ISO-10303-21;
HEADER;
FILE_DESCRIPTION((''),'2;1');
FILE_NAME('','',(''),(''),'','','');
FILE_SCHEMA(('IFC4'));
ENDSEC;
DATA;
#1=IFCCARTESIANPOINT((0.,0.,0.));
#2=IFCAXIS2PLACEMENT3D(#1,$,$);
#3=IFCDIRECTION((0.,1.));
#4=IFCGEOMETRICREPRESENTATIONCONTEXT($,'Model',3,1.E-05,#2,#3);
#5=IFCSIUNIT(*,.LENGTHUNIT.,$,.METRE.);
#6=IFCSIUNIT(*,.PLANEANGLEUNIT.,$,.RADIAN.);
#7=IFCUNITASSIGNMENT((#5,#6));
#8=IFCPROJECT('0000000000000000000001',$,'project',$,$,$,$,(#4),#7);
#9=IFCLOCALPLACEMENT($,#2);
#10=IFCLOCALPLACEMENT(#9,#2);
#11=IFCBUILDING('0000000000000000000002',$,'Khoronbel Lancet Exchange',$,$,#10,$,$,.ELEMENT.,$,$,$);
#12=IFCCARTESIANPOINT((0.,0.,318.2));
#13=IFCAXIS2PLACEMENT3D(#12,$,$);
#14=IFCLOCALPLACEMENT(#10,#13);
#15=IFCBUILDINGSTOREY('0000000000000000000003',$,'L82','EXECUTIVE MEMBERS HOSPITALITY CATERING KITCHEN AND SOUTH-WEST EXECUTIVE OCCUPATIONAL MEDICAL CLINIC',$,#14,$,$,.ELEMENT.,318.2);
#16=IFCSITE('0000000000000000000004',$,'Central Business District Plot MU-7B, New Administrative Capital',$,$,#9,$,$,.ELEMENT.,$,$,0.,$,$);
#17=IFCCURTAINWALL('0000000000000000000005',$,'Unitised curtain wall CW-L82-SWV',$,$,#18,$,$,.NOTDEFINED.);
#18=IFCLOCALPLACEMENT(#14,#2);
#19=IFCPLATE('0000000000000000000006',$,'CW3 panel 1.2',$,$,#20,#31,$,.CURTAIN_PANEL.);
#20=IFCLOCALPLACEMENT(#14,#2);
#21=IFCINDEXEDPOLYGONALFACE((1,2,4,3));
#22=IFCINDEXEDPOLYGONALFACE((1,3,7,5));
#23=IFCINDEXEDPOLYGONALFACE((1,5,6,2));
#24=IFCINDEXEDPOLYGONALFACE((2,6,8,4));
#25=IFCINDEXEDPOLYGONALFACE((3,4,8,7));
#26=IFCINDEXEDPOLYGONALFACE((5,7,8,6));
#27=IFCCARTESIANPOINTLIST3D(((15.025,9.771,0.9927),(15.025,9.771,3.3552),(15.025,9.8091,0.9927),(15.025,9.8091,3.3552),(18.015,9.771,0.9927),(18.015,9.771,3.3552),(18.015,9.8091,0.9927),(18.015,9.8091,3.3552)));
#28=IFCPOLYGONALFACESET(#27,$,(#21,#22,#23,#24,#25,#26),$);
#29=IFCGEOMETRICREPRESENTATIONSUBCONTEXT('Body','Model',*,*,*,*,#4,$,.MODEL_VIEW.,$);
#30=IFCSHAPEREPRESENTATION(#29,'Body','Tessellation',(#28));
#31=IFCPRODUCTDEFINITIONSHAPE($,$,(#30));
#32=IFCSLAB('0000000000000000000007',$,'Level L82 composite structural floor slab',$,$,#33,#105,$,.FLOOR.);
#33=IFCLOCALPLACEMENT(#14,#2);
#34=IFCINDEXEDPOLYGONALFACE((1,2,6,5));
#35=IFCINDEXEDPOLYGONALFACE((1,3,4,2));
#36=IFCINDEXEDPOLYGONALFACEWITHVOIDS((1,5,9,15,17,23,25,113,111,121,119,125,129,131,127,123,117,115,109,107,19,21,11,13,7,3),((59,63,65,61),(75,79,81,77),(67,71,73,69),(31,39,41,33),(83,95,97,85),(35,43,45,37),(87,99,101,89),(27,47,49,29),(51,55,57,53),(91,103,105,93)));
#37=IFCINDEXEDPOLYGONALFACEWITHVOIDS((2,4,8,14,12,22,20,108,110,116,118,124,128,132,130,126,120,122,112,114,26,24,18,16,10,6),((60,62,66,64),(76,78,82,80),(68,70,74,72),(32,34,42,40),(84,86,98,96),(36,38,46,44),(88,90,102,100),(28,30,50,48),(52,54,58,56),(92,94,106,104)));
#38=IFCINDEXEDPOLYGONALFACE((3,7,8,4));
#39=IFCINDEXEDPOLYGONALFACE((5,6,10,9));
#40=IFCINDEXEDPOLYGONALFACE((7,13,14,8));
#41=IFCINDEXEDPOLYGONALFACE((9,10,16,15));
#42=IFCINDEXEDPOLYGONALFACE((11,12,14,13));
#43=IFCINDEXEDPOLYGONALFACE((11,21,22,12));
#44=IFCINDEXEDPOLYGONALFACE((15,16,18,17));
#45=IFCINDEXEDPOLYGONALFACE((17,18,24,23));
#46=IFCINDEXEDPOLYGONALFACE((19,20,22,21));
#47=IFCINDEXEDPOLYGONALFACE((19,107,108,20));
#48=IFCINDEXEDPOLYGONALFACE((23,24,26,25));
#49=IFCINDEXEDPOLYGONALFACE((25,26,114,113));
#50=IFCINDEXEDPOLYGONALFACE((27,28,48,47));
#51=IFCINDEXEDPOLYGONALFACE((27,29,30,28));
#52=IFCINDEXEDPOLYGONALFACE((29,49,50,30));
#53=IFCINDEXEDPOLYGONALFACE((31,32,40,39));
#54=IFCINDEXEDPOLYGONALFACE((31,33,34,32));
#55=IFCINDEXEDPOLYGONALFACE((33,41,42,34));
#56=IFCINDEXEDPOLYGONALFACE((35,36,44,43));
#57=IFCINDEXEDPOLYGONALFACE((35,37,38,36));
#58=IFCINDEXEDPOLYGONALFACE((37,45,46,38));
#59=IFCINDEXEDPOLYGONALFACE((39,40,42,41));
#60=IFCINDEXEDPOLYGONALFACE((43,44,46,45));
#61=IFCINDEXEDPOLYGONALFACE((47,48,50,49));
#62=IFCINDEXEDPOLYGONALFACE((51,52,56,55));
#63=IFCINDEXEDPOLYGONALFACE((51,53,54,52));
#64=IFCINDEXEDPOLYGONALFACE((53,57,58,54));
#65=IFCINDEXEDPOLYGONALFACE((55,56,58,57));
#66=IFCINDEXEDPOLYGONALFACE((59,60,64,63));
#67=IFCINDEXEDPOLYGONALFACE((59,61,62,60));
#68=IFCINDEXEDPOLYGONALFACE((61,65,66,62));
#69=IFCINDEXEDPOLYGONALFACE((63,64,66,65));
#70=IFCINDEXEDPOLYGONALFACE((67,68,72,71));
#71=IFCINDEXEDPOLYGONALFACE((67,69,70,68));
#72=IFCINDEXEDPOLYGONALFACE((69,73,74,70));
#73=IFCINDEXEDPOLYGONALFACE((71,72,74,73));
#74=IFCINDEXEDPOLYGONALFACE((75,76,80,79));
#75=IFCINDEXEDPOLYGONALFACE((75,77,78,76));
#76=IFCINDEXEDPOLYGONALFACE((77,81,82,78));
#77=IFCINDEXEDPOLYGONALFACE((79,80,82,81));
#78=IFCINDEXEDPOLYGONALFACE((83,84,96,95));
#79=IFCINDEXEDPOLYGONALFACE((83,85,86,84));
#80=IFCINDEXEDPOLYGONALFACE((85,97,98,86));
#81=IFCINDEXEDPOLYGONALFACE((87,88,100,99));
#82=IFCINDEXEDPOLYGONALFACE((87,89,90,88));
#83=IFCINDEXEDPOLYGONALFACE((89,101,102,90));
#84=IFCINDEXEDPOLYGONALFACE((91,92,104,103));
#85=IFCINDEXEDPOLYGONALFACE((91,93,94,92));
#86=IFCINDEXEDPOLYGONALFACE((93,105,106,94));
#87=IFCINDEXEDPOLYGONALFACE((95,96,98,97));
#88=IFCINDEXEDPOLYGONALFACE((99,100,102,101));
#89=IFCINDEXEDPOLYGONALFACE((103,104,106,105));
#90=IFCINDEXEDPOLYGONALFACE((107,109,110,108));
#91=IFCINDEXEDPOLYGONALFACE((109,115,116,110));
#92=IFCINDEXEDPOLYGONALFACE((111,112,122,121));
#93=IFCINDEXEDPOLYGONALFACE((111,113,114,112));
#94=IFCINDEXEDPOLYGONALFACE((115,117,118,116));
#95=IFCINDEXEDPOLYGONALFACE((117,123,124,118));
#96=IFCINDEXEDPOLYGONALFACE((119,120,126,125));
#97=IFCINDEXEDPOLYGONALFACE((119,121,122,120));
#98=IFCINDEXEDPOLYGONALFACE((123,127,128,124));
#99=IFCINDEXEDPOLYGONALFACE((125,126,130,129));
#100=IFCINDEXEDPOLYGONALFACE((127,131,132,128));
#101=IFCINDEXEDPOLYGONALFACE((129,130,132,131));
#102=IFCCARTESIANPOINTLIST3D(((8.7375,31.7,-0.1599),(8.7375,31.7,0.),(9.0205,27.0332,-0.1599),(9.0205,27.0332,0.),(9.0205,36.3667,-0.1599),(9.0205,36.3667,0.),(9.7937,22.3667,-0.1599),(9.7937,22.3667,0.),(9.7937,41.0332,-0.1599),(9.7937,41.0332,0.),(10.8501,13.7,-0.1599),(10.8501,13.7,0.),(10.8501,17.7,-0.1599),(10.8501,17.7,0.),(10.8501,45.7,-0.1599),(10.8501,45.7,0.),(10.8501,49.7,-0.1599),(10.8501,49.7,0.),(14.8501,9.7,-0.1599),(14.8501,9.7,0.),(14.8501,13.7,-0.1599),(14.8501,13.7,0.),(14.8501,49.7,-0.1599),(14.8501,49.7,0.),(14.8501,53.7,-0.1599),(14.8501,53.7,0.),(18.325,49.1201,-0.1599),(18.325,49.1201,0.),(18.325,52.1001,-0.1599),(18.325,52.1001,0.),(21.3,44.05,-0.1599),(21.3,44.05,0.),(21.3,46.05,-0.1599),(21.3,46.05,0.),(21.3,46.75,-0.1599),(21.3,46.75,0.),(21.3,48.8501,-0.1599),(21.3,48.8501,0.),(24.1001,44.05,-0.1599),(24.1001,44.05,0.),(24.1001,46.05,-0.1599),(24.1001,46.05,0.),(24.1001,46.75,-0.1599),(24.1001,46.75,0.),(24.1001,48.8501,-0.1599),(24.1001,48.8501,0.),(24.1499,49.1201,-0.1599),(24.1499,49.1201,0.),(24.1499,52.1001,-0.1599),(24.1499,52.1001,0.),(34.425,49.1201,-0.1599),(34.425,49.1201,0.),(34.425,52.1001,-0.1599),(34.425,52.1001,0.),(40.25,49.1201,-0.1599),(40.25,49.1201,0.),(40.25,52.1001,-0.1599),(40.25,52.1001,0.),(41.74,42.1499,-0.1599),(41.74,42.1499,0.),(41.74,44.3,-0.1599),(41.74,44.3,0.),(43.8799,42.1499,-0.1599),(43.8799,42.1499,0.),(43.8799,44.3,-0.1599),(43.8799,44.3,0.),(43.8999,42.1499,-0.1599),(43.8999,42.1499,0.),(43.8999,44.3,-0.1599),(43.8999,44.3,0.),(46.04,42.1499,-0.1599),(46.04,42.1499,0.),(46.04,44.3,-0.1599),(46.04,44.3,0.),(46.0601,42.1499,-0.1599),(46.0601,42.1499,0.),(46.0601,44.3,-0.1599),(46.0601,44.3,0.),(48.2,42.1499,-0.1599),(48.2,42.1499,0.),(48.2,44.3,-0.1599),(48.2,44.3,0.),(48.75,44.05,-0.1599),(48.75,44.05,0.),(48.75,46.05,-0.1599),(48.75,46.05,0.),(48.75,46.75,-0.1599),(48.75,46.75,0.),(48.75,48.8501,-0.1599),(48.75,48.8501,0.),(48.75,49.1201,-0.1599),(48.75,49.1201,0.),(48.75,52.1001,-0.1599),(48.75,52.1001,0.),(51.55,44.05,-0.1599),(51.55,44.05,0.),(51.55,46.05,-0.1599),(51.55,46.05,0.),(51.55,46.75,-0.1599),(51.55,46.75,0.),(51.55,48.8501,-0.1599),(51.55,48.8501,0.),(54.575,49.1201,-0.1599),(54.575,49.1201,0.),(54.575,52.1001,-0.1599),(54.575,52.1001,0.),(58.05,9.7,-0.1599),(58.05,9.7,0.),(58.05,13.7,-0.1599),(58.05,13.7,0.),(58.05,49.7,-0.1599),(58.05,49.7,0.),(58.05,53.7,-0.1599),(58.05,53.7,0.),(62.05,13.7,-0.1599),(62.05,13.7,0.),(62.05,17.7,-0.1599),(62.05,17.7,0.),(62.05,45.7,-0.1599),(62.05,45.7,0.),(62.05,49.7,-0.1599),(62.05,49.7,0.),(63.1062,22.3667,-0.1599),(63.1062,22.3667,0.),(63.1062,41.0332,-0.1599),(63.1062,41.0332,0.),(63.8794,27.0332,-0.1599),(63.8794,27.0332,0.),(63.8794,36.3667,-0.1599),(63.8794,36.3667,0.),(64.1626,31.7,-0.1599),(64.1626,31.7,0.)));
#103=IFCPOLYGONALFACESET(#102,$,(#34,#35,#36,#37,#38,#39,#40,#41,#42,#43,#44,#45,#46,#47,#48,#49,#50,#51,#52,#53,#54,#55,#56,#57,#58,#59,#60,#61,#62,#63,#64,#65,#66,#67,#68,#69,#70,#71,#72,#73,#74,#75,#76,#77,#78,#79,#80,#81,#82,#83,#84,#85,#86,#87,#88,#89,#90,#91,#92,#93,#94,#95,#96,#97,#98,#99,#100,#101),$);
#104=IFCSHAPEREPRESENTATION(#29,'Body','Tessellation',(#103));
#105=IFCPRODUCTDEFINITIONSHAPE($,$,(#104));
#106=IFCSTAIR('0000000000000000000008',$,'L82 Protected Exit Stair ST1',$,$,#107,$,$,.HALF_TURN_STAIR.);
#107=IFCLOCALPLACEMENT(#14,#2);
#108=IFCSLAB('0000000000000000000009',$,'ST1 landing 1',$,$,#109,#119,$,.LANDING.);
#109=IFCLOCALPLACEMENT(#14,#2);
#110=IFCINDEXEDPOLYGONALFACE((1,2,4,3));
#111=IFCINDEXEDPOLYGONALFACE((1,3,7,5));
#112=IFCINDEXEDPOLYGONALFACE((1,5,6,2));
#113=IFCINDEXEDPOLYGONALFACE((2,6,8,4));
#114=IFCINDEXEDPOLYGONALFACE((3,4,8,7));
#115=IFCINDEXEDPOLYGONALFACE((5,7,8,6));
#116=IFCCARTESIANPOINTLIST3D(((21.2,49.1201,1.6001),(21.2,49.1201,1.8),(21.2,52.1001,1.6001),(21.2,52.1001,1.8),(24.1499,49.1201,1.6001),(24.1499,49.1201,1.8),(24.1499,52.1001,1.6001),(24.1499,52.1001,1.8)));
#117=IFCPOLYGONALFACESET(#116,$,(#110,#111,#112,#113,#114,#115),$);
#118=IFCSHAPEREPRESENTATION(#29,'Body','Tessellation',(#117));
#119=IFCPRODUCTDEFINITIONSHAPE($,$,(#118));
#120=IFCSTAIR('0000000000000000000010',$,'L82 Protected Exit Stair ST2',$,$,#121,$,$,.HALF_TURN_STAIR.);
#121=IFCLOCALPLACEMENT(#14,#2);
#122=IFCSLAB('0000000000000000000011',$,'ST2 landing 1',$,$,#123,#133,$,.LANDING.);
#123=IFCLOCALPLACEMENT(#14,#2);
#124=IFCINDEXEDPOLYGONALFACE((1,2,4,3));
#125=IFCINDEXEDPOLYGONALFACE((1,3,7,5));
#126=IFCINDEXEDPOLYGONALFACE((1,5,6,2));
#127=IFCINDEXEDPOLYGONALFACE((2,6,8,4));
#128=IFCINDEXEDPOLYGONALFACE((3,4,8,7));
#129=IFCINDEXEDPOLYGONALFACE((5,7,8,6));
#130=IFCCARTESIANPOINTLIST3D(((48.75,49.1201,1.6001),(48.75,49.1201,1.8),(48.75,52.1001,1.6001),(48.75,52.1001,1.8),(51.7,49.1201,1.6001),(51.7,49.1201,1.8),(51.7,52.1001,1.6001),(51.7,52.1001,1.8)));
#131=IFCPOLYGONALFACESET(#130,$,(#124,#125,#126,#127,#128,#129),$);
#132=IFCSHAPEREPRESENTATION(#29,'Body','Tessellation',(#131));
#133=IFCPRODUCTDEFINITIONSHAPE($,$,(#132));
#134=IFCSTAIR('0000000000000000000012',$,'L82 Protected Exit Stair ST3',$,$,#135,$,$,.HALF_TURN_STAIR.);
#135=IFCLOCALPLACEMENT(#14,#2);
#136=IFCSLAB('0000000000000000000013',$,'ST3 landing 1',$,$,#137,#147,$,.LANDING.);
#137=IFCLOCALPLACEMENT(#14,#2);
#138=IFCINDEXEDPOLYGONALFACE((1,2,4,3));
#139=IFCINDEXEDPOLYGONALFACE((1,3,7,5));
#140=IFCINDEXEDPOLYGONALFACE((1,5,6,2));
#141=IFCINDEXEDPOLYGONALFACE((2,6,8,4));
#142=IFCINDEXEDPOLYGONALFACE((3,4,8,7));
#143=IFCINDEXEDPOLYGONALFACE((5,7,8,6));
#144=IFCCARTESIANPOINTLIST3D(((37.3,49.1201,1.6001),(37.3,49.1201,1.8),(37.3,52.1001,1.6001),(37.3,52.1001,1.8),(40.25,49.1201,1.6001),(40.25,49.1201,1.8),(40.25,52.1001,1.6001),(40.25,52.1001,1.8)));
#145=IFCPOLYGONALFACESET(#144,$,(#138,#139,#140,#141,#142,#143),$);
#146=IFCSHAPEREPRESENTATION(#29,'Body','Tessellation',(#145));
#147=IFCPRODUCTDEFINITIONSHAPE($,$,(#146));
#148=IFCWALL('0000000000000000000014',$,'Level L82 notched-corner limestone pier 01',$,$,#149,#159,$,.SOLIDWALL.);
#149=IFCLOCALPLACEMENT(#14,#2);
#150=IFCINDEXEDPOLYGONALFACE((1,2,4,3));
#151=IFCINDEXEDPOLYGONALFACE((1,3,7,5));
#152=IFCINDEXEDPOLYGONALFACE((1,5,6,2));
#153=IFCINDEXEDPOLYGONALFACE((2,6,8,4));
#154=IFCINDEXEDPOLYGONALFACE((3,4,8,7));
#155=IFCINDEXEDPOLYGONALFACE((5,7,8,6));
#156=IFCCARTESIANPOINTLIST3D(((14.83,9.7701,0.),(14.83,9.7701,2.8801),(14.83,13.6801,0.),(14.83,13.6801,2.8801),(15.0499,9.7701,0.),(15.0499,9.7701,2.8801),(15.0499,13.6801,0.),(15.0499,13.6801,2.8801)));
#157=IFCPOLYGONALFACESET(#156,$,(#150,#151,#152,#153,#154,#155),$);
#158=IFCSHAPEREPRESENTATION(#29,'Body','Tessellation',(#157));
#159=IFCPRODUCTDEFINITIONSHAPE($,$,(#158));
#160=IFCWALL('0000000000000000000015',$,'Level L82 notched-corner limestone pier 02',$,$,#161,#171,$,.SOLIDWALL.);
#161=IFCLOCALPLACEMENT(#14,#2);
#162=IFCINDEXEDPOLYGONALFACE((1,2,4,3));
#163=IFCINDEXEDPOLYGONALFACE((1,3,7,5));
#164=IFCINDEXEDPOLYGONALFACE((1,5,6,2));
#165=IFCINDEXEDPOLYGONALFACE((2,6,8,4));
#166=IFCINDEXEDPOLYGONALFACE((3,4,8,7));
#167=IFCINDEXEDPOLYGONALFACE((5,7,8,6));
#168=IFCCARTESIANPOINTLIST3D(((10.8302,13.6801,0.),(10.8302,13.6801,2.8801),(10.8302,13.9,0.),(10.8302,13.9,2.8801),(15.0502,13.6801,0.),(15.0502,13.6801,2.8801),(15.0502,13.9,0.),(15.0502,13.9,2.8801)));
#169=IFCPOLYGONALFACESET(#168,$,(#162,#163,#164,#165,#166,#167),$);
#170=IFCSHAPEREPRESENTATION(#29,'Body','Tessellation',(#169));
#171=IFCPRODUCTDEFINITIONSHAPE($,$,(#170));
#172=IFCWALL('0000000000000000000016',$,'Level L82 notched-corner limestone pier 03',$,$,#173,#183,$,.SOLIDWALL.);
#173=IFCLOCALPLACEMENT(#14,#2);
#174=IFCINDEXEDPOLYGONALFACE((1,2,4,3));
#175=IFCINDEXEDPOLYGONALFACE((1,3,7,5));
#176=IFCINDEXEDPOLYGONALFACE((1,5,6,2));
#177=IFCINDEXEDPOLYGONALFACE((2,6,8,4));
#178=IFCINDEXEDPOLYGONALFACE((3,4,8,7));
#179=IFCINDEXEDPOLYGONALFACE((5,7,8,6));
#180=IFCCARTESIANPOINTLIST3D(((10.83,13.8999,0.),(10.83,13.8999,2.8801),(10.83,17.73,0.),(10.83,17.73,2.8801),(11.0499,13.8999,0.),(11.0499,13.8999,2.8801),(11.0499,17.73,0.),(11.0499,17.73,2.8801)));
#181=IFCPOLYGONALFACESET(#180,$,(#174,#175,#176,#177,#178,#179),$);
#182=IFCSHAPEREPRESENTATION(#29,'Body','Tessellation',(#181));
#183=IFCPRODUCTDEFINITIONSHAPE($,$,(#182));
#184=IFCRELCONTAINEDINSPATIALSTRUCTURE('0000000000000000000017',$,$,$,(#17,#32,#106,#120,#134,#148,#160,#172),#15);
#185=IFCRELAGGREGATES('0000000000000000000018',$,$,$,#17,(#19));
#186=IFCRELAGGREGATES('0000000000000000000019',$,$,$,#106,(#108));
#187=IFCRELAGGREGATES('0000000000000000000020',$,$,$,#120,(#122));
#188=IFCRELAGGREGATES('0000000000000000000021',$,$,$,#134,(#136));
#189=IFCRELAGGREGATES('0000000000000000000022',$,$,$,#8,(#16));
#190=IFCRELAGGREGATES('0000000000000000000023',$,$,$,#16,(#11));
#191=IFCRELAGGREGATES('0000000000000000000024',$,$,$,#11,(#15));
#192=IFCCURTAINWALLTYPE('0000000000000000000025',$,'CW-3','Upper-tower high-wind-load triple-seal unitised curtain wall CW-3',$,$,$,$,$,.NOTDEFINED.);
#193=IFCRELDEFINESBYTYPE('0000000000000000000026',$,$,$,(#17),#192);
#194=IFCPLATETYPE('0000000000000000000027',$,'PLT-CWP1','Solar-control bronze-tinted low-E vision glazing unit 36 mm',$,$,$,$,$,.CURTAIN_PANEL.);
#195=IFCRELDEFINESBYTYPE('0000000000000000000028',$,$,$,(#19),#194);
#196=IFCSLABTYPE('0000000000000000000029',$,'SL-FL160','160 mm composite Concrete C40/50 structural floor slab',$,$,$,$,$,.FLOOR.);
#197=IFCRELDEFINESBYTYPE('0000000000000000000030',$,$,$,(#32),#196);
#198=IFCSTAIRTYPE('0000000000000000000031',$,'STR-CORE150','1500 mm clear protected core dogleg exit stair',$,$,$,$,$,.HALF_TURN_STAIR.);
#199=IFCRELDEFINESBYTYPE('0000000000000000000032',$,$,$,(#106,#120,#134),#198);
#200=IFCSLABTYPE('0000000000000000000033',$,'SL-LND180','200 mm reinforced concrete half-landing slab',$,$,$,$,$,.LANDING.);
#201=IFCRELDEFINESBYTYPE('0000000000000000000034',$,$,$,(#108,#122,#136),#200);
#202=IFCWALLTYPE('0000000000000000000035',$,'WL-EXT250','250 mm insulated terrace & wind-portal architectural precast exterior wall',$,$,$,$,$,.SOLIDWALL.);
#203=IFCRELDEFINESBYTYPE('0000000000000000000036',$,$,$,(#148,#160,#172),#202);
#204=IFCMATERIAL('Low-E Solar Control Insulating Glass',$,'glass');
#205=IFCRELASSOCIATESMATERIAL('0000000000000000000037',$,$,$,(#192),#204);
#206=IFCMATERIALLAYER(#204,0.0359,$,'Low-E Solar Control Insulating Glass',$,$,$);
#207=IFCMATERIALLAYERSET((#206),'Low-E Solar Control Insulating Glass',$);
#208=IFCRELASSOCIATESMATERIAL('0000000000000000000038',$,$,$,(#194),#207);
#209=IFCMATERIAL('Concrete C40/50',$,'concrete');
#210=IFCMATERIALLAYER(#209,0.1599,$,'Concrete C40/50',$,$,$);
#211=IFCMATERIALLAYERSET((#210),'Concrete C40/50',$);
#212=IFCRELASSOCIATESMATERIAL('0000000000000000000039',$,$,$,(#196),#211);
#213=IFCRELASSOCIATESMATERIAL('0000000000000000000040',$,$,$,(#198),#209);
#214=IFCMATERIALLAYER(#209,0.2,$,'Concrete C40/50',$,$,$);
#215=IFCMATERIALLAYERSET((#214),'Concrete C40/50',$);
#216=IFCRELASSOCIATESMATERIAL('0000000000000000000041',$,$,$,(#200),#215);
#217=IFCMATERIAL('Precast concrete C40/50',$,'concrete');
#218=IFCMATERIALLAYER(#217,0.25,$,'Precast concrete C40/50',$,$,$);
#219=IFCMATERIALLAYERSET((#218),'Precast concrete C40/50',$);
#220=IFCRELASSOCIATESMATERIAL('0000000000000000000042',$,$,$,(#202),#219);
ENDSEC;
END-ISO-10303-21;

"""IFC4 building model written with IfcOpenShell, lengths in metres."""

from ifc_helpers import new_model, si_unit, direction, frame, frame_2d, origin, origin_2d, place, context, subcontext, project, spatial, polyline, rectangle, outline, extrude, material, layer, layer_set, type_object, element, aggregate, save


model = new_model("IFC4")

# Units and contexts
model_context = context("Model", 3, precision=1e-05, world=origin(), true_north=direction((0.0, 1.0)))
body_context = subcontext(model_context, "Body", "Model", "MODEL_VIEW")
ifc_project = project(units=[si_unit("LENGTHUNIT", "METRE"), si_unit("PLANEANGLEUNIT", "RADIAN")], contexts=[model_context])

# Site, building, storey
site_placement = place(None, origin())
site = spatial("IfcSite", under=ifc_project, at=site_placement, Name="Central Business District Plot MU-7B, New Administrative Capital", CompositionType="ELEMENT", RefElevation=0.0)
building_placement = place(site_placement, origin())
building = spatial("IfcBuilding", under=site, at=building_placement, Name="Khoronbel Lancet Exchange", CompositionType="ELEMENT")
storey_placement = place(building_placement, frame((0.0, 0.0, 318.2)))
storey = spatial("IfcBuildingStorey", under=building, at=storey_placement, Name="L82", Description="EXECUTIVE MEMBERS HOSPITALITY CATERING KITCHEN AND SOUTH-WEST EXECUTIVE OCCUPATIONAL MEDICAL CLINIC", CompositionType="ELEMENT", Elevation=318.2)

# Curtain wall
ifc_material_1 = material(Name="Low-E Solar Control Insulating Glass", Category="glass")
curtain_wall_type = type_object("IfcCurtainWallType", Name="CW-3", Description="Upper-tower high-wind-load triple-seal unitised curtain wall CW-3", PredefinedType="NOTDEFINED", material=ifc_material_1)
curtain_wall_1_placement = place(storey_placement, origin())
curtain_wall_1 = element("IfcCurtainWall", 1, at=curtain_wall_1_placement, inside=storey, type_object=curtain_wall_type, Name="Unitised curtain wall CW-L82-SWV", PredefinedType="NOTDEFINED")

# Plate
ifc_layer_1 = layer(ifc_material_1, 0.0359, Name="Low-E Solar Control Insulating Glass")
ifc_layer_set_1 = layer_set([ifc_layer_1], Name="Low-E Solar Control Insulating Glass")
plate_type = type_object("IfcPlateType", Name="PLT-CWP1", Description="Solar-control bronze-tinted low-E vision glazing unit 36 mm", PredefinedType="CURTAIN_PANEL", material=ifc_layer_set_1)
plate_1_placement = place(storey_placement, frame((16.52, 9.79, 0.9927), z_axis=(0.0, 0.0, 1.0), x_axis=(1.0, 0.0, 0.0)))
plate_1 = element("IfcPlate", 2, at=plate_1_placement, type_object=plate_type, Name="CW3 panel 1.2", PredefinedType="CURTAIN_PANEL", context=body_context, shape_type="SweptSolid", body=[
    extrude(rectangle(XDim=2.99, YDim=0.0381, at=origin_2d()), origin(), (0.0, 0.0, 1.0), 2.3625),
])
aggregate(curtain_wall_1, [plate_1])

# Slab
ifc_material_2 = material(Name="Concrete C40/50", Category="concrete")
ifc_layer_2 = layer(ifc_material_2, 0.1599, Name="Concrete C40/50")
ifc_layer_set_2 = layer_set([ifc_layer_2], Name="Concrete C40/50")
slab_type_1 = type_object("IfcSlabType", Name="SL-FL160", Description="160 mm composite Concrete C40/50 structural floor slab", PredefinedType="FLOOR", material=ifc_layer_set_2)
slab_1_placement = place(storey_placement, frame((0.0, 0.0, -0.1599)))
element("IfcSlab", 3, at=slab_1_placement, inside=storey, type_object=slab_type_1, Name="Level L82 composite structural floor slab", PredefinedType="FLOOR", context=body_context, shape_type="SweptSolid", body=[
    extrude(outline(polyline([(14.8501, 9.7), (58.05, 9.7), (58.05, 13.7), (62.05, 13.7), (62.05, 17.7), (63.1062, 22.3667), (63.8794, 27.0332), (64.1626, 31.7), (63.8794, 36.3667), (63.1062, 41.0332), (62.05, 45.7), (62.05, 49.7), (58.05, 49.7), (58.05, 53.7), (14.8501, 53.7), (14.8501, 49.7), (10.8501, 49.7), (10.8501, 45.7), (9.7937, 41.0332), (9.0205, 36.3667), (8.7375, 31.7), (9.0205, 27.0332), (9.7937, 22.3667), (10.8501, 17.7), (10.8501, 13.7), (14.8501, 13.7), (14.8501, 9.7)]), holes=[polyline([(18.325, 49.1201), (24.1499, 49.1201), (24.1499, 52.1001), (18.325, 52.1001), (18.325, 49.1201)]), polyline([(48.75, 49.1201), (54.575, 49.1201), (54.575, 52.1001), (48.75, 52.1001), (48.75, 49.1201)]), polyline([(34.425, 49.1201), (40.25, 49.1201), (40.25, 52.1001), (34.425, 52.1001), (34.425, 49.1201)]), polyline([(41.74, 42.1499), (43.8799, 42.1499), (43.8799, 44.3), (41.74, 44.3), (41.74, 42.1499)]), polyline([(43.8999, 42.1499), (46.04, 42.1499), (46.04, 44.3), (43.8999, 44.3), (43.8999, 42.1499)]), polyline([(46.0601, 42.1499), (48.2, 42.1499), (48.2, 44.3), (46.0601, 44.3), (46.0601, 42.1499)]), polyline([(21.3, 46.75), (24.1001, 46.75), (24.1001, 48.8501), (21.3, 48.8501), (21.3, 46.75)]), polyline([(48.75, 46.75), (51.55, 46.75), (51.55, 48.8501), (48.75, 48.8501), (48.75, 46.75)]), polyline([(21.3, 44.05), (24.1001, 44.05), (24.1001, 46.05), (21.3, 46.05), (21.3, 44.05)]), polyline([(48.75, 44.05), (51.55, 44.05), (51.55, 46.05), (48.75, 46.05), (48.75, 44.05)])]), origin(), (0.0, 0.0, 1.0), 0.1599),
])

# Stairs, slabs
stair_type = type_object("IfcStairType", Name="STR-CORE150", Description="1500 mm clear protected core dogleg exit stair", PredefinedType="HALF_TURN_STAIR", material=ifc_material_2)
stair_1_placement = place(storey_placement, origin())
stair_1 = element("IfcStair", 4, at=stair_1_placement, inside=storey, type_object=stair_type, Name="L82 Protected Exit Stair ST1", PredefinedType="HALF_TURN_STAIR")
ifc_layer_3 = layer(ifc_material_2, 0.2, Name="Concrete C40/50")
ifc_layer_set_3 = layer_set([ifc_layer_3], Name="Concrete C40/50")
slab_type_2 = type_object("IfcSlabType", Name="SL-LND180", Description="200 mm reinforced concrete half-landing slab", PredefinedType="LANDING", material=ifc_layer_set_3)
slab_2_placement = place(storey_placement, frame((0.0, 0.0, 1.6001)))
slab_2 = element("IfcSlab", 5, at=slab_2_placement, type_object=slab_type_2, Name="ST1 landing 1", PredefinedType="LANDING", context=body_context, shape_type="SweptSolid", body=[
    extrude(outline(polyline([(21.2, 49.1201), (24.1499, 49.1201), (24.1499, 52.1001), (21.2, 52.1001), (21.2, 49.1201)])), origin(), (0.0, 0.0, 1.0), 0.2),
])
aggregate(stair_1, [slab_2])
stair_2_placement = place(storey_placement, origin())
stair_2 = element("IfcStair", 6, at=stair_2_placement, inside=storey, type_object=stair_type, Name="L82 Protected Exit Stair ST2", PredefinedType="HALF_TURN_STAIR")
slab_3_placement = place(storey_placement, frame((0.0, 0.0, 1.6001)))
slab_3 = element("IfcSlab", 7, at=slab_3_placement, type_object=slab_type_2, Name="ST2 landing 1", PredefinedType="LANDING", context=body_context, shape_type="SweptSolid", body=[
    extrude(outline(polyline([(51.7, 52.1001), (48.75, 52.1001), (48.75, 49.1201), (51.7, 49.1201), (51.7, 52.1001)])), origin(), (0.0, 0.0, 1.0), 0.2),
])
aggregate(stair_2, [slab_3])
stair_3_placement = place(storey_placement, origin())
stair_3 = element("IfcStair", 8, at=stair_3_placement, inside=storey, type_object=stair_type, Name="L82 Protected Exit Stair ST3", PredefinedType="HALF_TURN_STAIR")
slab_4_placement = place(storey_placement, frame((0.0, 0.0, 1.6001)))
slab_4 = element("IfcSlab", 9, at=slab_4_placement, type_object=slab_type_2, Name="ST3 landing 1", PredefinedType="LANDING", context=body_context, shape_type="SweptSolid", body=[
    extrude(outline(polyline([(37.3, 49.1201), (40.25, 49.1201), (40.25, 52.1001), (37.3, 52.1001), (37.3, 49.1201)])), origin(), (0.0, 0.0, 1.0), 0.2),
])
aggregate(stair_3, [slab_4])

# Walls
ifc_material_3 = material(Name="Precast concrete C40/50", Category="concrete")
ifc_layer_4 = layer(ifc_material_3, 0.25, Name="Precast concrete C40/50")
ifc_layer_set_4 = layer_set([ifc_layer_4], Name="Precast concrete C40/50")
wall_type_1 = type_object("IfcWallType", Name="WL-EXT250", Description="250 mm insulated terrace & wind-portal architectural precast exterior wall", PredefinedType="SOLIDWALL", material=ifc_layer_set_4)
wall_1_placement = place(storey_placement, frame((14.9399, 9.77, 0.0), z_axis=(0.0, 0.0, 1.0), x_axis=(0.0, 1.0, 0.0)))
element("IfcWall", 10, at=wall_1_placement, inside=storey, type_object=wall_type_1, Name="Level L82 notched-corner limestone pier 01", PredefinedType="SOLIDWALL", context=body_context, shape_type="SweptSolid", body=[
    extrude(rectangle(XDim=3.9099, YDim=0.22, at=frame_2d((1.9551, 0.0))), origin(), (0.0, 0.0, 1.0), 2.8801),
])
wall_2_placement = place(storey_placement, frame((15.05, 13.79, 0.0), z_axis=(0.0, 0.0, 1.0), x_axis=(-1.0, 0.0, 0.0)))
element("IfcWall", 11, at=wall_2_placement, inside=storey, type_object=wall_type_1, Name="Level L82 notched-corner limestone pier 02", PredefinedType="SOLIDWALL", context=body_context, shape_type="SweptSolid", body=[
    extrude(rectangle(XDim=4.22, YDim=0.22, at=frame_2d((2.1099, 0.0))), origin(), (0.0, 0.0, 1.0), 2.8801),
])
wall_3_placement = place(storey_placement, frame((10.9399, 13.8999, 0.0), z_axis=(0.0, 0.0, 1.0), x_axis=(0.0, 1.0, 0.0)))
element("IfcWall", 12, at=wall_3_placement, inside=storey, type_object=wall_type_1, Name="Level L82 notched-corner limestone pier 03", PredefinedType="SOLIDWALL", context=body_context, shape_type="SweptSolid", body=[
    extrude(rectangle(XDim=3.8301, YDim=0.22, at=frame_2d((1.915, 0.0))), origin(), (0.0, 0.0, 1.0), 2.8801),
])

save(model, "model.ifc")
